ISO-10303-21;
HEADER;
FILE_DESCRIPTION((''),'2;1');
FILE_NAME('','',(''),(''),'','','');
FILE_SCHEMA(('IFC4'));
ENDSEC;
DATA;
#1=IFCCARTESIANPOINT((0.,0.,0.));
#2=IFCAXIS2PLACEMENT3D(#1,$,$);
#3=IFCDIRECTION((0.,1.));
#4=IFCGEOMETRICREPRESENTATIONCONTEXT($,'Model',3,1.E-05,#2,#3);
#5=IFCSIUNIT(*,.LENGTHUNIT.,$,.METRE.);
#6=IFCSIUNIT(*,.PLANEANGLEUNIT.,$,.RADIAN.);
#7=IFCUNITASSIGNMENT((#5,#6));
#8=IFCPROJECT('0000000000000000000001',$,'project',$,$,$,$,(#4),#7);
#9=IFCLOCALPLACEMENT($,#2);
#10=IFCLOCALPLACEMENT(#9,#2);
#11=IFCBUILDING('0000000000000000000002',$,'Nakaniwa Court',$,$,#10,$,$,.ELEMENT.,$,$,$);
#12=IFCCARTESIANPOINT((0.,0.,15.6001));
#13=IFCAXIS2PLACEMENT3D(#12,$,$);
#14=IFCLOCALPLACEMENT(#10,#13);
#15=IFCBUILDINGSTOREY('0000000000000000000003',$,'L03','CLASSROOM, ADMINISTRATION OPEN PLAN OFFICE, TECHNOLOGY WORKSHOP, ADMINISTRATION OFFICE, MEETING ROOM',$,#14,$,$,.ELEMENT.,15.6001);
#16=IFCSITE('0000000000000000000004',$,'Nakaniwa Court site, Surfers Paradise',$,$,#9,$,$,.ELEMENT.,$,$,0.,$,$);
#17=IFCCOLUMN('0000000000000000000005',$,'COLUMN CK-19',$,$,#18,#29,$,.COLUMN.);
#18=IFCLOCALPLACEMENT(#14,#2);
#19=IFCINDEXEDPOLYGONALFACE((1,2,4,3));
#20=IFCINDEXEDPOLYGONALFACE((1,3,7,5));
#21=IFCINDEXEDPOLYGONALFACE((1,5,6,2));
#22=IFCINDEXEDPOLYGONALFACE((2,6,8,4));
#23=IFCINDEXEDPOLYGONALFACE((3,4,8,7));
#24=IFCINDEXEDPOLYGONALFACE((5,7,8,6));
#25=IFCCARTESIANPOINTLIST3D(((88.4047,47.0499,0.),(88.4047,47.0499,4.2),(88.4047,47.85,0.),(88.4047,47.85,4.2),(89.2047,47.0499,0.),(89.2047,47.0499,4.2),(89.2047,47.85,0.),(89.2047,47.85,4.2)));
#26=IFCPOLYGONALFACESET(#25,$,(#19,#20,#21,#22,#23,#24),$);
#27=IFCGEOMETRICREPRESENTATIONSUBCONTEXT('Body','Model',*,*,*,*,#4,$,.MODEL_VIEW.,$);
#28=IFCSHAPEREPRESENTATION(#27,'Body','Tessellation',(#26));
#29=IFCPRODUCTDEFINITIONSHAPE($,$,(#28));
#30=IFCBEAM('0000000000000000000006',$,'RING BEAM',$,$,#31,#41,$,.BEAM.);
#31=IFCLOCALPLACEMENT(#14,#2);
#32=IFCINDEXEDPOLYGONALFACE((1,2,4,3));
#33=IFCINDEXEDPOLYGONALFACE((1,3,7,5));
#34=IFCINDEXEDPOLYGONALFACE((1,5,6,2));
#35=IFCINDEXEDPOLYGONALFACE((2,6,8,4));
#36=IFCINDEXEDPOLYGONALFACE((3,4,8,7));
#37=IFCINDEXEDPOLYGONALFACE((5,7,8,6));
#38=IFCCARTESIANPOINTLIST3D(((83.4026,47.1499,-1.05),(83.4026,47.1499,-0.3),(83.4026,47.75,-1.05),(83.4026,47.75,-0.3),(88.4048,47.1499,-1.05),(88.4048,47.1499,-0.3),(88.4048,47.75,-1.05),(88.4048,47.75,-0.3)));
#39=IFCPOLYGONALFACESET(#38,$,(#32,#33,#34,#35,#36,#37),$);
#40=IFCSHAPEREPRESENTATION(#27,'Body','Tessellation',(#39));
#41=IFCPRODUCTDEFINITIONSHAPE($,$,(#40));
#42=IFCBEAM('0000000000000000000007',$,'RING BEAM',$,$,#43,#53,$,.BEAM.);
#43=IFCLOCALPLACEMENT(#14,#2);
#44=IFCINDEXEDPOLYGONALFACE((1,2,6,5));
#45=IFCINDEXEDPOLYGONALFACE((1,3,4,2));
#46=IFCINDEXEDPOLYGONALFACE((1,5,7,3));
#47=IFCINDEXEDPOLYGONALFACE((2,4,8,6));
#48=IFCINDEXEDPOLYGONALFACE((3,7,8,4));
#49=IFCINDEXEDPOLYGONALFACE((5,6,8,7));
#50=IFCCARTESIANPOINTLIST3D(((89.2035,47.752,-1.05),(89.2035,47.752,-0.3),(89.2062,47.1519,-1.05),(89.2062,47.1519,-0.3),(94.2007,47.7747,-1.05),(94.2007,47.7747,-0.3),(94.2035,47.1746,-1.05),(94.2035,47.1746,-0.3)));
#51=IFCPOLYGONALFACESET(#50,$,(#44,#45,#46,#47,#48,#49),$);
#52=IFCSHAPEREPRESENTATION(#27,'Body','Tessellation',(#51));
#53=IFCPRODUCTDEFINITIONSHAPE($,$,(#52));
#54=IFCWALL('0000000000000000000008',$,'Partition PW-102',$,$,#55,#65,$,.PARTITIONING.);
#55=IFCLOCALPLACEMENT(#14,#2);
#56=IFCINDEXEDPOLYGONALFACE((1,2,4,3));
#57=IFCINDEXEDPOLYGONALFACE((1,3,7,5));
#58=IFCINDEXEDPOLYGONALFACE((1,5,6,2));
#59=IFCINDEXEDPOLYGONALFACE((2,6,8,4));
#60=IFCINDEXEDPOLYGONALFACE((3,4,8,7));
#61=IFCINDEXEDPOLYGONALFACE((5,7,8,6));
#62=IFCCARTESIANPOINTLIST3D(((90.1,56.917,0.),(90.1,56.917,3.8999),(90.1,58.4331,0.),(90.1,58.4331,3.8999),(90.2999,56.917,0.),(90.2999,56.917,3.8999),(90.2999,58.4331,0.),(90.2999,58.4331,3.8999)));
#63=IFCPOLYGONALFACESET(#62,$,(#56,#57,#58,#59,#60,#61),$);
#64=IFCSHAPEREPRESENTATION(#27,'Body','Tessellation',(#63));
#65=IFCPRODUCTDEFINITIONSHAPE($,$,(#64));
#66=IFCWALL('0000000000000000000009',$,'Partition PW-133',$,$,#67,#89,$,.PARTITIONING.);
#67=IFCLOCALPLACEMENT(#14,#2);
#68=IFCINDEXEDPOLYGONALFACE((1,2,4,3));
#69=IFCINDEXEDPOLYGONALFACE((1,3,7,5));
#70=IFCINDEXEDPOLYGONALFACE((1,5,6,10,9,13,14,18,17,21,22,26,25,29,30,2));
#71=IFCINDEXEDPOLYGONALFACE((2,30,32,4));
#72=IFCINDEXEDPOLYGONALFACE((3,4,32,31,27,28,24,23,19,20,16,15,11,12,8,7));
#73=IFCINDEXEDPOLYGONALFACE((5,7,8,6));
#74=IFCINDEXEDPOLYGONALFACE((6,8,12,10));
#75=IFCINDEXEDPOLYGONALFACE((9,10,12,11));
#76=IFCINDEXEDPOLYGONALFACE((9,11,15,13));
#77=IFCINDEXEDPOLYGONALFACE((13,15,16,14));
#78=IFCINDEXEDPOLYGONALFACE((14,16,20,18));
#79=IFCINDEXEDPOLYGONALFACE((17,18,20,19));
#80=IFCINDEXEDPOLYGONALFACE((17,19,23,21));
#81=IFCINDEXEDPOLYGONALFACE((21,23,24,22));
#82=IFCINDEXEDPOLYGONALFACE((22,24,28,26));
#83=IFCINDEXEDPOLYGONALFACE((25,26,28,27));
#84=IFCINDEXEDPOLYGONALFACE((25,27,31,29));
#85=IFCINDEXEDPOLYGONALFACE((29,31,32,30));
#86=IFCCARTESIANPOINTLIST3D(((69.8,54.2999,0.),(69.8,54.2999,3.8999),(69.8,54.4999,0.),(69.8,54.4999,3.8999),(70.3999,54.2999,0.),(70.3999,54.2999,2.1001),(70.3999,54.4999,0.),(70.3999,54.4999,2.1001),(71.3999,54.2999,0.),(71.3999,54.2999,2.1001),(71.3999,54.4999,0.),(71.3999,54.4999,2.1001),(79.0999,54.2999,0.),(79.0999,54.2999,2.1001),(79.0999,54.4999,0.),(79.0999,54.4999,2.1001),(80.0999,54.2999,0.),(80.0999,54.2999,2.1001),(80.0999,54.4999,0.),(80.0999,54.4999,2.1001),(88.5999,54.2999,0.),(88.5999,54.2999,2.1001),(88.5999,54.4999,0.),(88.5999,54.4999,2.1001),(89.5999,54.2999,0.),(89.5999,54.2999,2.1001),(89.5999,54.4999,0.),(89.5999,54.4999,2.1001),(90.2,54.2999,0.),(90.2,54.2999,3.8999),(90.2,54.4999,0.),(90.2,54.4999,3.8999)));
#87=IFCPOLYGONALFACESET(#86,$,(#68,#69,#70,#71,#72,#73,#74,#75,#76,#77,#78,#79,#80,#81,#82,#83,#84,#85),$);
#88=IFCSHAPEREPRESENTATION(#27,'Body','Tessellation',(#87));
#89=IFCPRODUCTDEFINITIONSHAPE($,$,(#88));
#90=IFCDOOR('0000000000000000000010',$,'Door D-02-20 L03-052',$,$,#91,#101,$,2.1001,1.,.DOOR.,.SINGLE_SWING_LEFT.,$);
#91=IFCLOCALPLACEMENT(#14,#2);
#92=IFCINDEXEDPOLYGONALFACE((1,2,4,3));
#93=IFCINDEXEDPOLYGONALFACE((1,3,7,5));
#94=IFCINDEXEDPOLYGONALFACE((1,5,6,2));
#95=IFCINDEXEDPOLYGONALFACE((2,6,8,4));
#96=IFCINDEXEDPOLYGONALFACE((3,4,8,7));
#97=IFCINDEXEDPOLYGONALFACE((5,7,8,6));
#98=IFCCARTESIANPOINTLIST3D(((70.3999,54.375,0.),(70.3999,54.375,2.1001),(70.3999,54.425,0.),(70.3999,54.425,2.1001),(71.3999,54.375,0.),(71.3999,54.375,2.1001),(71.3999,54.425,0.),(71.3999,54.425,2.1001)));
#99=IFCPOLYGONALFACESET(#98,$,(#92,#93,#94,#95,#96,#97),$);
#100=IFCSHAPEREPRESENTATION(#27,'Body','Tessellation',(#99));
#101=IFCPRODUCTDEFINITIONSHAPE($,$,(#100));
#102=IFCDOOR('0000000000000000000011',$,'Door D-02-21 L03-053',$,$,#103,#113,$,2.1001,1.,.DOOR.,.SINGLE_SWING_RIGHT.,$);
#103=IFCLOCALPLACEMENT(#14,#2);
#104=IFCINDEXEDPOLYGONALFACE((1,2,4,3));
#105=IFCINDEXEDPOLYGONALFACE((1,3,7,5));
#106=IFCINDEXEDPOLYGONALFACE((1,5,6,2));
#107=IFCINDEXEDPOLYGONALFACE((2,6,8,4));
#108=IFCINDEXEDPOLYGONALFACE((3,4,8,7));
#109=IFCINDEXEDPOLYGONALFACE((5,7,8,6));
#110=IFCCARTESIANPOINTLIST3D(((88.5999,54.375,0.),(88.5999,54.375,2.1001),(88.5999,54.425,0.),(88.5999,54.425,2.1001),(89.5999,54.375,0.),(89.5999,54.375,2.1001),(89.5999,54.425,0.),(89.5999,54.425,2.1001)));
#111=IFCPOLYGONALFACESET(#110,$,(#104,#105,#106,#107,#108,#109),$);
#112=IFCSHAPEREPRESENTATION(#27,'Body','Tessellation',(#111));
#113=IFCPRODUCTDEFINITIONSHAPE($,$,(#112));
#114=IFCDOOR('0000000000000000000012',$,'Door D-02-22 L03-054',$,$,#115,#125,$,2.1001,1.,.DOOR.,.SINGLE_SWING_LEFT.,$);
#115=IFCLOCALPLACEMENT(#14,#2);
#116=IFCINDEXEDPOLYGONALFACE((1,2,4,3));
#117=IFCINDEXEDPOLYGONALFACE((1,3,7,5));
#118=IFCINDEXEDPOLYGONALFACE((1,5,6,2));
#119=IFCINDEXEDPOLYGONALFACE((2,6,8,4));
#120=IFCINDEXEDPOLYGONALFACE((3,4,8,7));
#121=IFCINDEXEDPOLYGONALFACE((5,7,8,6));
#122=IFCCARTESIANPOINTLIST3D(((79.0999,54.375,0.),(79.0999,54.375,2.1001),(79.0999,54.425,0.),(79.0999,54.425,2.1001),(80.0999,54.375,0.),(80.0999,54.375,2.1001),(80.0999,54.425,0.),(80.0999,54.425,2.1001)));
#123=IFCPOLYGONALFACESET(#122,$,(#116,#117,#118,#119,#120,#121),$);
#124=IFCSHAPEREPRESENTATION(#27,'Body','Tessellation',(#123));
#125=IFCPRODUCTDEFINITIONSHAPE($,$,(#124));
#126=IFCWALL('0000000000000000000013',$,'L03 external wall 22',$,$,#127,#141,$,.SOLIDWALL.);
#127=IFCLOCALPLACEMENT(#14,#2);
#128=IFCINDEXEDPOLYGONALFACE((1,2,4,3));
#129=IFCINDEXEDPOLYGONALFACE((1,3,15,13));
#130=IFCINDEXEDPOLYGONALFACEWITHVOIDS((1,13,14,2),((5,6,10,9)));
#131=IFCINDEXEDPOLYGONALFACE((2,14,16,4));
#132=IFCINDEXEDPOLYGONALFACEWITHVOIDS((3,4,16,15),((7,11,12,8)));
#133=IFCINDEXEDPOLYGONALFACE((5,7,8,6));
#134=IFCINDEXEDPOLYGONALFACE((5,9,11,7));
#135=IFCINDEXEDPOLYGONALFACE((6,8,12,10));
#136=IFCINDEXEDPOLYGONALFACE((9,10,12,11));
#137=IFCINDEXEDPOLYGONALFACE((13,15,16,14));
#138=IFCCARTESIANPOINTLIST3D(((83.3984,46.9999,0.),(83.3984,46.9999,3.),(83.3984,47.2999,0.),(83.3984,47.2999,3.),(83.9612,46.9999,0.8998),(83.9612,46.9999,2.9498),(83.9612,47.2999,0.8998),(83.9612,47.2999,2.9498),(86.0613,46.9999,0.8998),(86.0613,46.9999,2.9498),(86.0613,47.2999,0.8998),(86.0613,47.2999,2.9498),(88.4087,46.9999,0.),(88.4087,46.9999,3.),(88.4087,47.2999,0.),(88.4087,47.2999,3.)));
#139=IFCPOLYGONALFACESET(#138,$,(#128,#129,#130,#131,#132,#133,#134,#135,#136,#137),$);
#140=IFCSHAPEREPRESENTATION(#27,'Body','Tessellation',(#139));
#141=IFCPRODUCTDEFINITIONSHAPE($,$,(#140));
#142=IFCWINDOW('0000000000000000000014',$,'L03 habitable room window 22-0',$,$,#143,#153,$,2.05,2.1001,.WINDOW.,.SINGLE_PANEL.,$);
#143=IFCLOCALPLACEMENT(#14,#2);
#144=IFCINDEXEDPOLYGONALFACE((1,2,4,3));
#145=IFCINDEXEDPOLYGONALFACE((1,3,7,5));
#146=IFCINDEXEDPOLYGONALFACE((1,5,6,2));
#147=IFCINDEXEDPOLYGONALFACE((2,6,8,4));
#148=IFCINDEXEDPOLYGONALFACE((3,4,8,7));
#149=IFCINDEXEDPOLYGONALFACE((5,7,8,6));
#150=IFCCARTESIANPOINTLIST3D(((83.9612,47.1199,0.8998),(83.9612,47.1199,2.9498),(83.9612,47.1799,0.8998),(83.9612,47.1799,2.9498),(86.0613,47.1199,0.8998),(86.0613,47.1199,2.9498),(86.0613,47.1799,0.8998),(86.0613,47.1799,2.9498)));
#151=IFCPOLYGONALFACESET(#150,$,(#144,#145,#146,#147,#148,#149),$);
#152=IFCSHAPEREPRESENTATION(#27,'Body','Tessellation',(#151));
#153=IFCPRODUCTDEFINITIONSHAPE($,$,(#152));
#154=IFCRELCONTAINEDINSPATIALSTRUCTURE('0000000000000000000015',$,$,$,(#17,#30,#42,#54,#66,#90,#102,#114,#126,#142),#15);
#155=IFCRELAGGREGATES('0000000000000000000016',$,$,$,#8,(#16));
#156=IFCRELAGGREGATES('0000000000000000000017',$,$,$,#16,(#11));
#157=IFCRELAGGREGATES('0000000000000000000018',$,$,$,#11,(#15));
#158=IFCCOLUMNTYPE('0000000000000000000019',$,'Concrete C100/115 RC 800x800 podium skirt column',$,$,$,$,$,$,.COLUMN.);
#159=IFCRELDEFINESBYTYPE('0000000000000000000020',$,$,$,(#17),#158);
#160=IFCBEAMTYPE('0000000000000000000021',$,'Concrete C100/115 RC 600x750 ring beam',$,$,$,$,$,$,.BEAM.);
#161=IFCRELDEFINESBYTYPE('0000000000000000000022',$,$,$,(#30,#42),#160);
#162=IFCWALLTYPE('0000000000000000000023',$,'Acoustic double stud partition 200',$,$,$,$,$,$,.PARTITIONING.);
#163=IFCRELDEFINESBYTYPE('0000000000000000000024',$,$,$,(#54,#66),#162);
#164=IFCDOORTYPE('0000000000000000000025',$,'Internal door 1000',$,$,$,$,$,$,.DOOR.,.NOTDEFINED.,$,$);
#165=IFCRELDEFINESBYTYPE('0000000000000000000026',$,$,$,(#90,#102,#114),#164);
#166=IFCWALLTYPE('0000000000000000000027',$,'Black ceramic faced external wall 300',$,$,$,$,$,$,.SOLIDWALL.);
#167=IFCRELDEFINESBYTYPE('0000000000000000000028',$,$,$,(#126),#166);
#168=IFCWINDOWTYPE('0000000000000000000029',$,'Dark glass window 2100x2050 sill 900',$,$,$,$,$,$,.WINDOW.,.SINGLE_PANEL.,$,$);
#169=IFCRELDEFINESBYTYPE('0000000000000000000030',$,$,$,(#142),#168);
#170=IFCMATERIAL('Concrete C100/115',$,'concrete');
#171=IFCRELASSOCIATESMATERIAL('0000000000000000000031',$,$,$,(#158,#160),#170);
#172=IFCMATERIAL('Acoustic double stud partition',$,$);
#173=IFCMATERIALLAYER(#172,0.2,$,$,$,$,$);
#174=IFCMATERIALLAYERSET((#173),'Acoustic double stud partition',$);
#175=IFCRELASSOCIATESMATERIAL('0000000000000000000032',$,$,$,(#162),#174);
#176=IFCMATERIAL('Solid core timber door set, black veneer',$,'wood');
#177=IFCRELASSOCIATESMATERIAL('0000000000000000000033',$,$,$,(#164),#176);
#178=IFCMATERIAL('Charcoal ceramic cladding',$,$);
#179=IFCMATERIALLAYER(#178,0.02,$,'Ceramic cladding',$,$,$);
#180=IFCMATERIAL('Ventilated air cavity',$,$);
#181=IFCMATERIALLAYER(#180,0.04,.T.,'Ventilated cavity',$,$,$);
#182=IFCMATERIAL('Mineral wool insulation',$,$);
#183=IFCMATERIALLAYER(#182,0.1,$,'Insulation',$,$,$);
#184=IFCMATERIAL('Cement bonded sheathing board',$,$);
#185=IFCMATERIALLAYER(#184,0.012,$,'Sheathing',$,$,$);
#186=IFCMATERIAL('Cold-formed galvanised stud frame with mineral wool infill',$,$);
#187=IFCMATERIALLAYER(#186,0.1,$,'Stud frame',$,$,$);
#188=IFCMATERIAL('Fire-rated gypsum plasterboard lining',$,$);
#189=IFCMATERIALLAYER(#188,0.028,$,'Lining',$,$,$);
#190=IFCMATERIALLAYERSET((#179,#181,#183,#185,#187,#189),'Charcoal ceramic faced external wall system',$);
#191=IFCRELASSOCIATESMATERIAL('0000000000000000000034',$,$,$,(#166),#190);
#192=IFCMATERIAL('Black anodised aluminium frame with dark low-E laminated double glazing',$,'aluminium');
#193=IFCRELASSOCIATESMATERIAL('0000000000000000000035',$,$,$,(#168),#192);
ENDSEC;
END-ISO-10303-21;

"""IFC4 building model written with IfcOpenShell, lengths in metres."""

from ifc_helpers import new_model, si_unit, direction, frame, frame_2d, origin, origin_2d, place, context, subcontext, project, spatial, rectangle, extrude, material, layer, layer_set, material_profile, profile_set, type_object, element, fill, save


model = new_model("IFC4")

# Units and contexts
model_context = context("Model", 3, precision=1e-05, world=origin(), true_north=direction((0.0, 1.0)))
body_context = subcontext(model_context, "Body", "Model", "MODEL_VIEW")
ifc_project = project(units=[si_unit("LENGTHUNIT", "METRE"), si_unit("PLANEANGLEUNIT", "RADIAN")], contexts=[model_context])

# Site, building, storey
site_placement = place(None, origin())
site = spatial("IfcSite", under=ifc_project, at=site_placement, Name="Nakaniwa Court site, Surfers Paradise", CompositionType="ELEMENT", RefElevation=0.0)
building_placement = place(site_placement, origin())
building = spatial("IfcBuilding", under=site, at=building_placement, Name="Nakaniwa Court", CompositionType="ELEMENT")
storey_placement = place(building_placement, frame((0.0, 0.0, 15.6001)))
storey = spatial("IfcBuildingStorey", under=building, at=storey_placement, Name="L03", Description="CLASSROOM, ADMINISTRATION OPEN PLAN OFFICE, TECHNOLOGY WORKSHOP, ADMINISTRATION OFFICE, MEETING ROOM", CompositionType="ELEMENT", Elevation=15.6001)

# Column
ifc_material_1 = material(Name="Concrete C100/115", Category="concrete")
ifc_material_profile_1 = material_profile(ifc_material_1, rectangle(XDim=0.8, YDim=0.8, at=origin_2d()), Name="Concrete C100/115 RC 800x800 podium skirt column")
ifc_profile_set_1 = profile_set([ifc_material_profile_1], Name="Concrete C100/115")
column_type = type_object("IfcColumnType", Name="Concrete C100/115 RC 800x800 podium skirt column", PredefinedType="COLUMN", material=ifc_profile_set_1)
column_placement = place(storey_placement, frame((88.8047, 47.45, 0.0), z_axis=(0.0, 0.0, 1.0), x_axis=(1.0, 0.0, 0.0)))
element("IfcColumn", 1, at=column_placement, inside=storey, type_object=column_type, Name="COLUMN CK-19", PredefinedType="COLUMN", context=body_context, shape_type="SweptSolid", body=[
    extrude(rectangle(XDim=0.8, YDim=0.8, at=origin_2d()), origin(), (0.0, 0.0, 1.0), 4.2),
])

# Beams
ifc_material_profile_2 = material_profile(ifc_material_1, rectangle(XDim=0.6001, YDim=0.75, at=origin_2d()), Name="Concrete C100/115 RC 600x750 ring beam")
ifc_profile_set_2 = profile_set([ifc_material_profile_2], Name="Concrete C100/115")
beam_type = type_object("IfcBeamType", Name="Concrete C100/115 RC 600x750 ring beam", PredefinedType="BEAM", material=ifc_profile_set_2)
beam_1_placement = place(storey_placement, frame((83.4026, 47.45, -0.675), z_axis=(1.0, 0.0, 0.0), x_axis=(0.0, 1.0, 0.0)))
element("IfcBeam", 2, at=beam_1_placement, inside=storey, type_object=beam_type, Name="RING BEAM", PredefinedType="BEAM", context=body_context, shape_type="SweptSolid", body=[
    extrude(rectangle(XDim=0.6001, YDim=0.75, at=origin_2d()), origin(), (0.0, 0.0, 1.0), 5.0022),
])
beam_2_placement = place(storey_placement, frame((89.2048, 47.4519, -0.675), z_axis=(0.99999, 0.004543, 0.0), x_axis=(-0.004543, 0.99999, 0.0)))
element("IfcBeam", 3, at=beam_2_placement, inside=storey, type_object=beam_type, Name="RING BEAM", PredefinedType="BEAM", context=body_context, shape_type="SweptSolid", body=[
    extrude(rectangle(XDim=0.6001, YDim=0.75, at=origin_2d()), origin(), (0.0, 0.0, 1.0), 4.9973),
])

# Wall
ifc_material_2 = material(Name="Acoustic double stud partition")
ifc_layer_1 = layer(ifc_material_2, 0.2)
ifc_layer_set_1 = layer_set([ifc_layer_1], Name="Acoustic double stud partition")
wall_type_1 = type_object("IfcWallType", Name="Acoustic double stud partition 200", PredefinedType="PARTITIONING", material=ifc_layer_set_1)
wall_1_placement = place(storey_placement, frame((90.2, 56.917, 0.0), z_axis=(0.0, 0.0, 1.0), x_axis=(0.0, 1.0, 0.0)))
element("IfcWall", 4, at=wall_1_placement, inside=storey, type_object=wall_type_1, Name="Partition PW-102", PredefinedType="PARTITIONING", context=body_context, shape_type="SweptSolid", body=[
    extrude(rectangle(XDim=1.5161, YDim=0.2, at=frame_2d((0.7581, 0.0))), origin(), (0.0, 0.0, 1.0), 3.8999),
])

# Wall, openings, doors
wall_2_placement = place(storey_placement, frame((90.2, 54.3999, 0.0), z_axis=(0.0, 0.0, 1.0), x_axis=(-1.0, 0.0, 0.0)))
wall_2 = element("IfcWall", 5, at=wall_2_placement, inside=storey, type_object=wall_type_1, Name="Partition PW-133", PredefinedType="PARTITIONING", context=body_context, shape_type="SweptSolid", body=[
    extrude(rectangle(XDim=20.3999, YDim=0.2, at=frame_2d((10.2, 0.0))), origin(), (0.0, 0.0, 1.0), 3.8999),
])
opening_1_placement = place(wall_2_placement, frame((18.8, 0.0, 0.0)))
opening_1 = element("IfcOpeningElement", 6, at=opening_1_placement, cuts=wall_2, PredefinedType="OPENING", context=body_context, shape_type="SweptSolid", body=[
    extrude(rectangle(XDim=1.0, YDim=2.1001, at=frame_2d((0.5, 1.05))), frame((0.0, 0.1099, 0.0), z_axis=(0.0, -1.0, 0.0), x_axis=(1.0, 0.0, 0.0)), (0.0, 0.0, 1.0), 0.22),
])
opening_2_placement = place(wall_2_placement, frame((0.6001, 0.0, 0.0)))
opening_2 = element("IfcOpeningElement", 7, at=opening_2_placement, cuts=wall_2, PredefinedType="OPENING", context=body_context, shape_type="SweptSolid", body=[
    extrude(rectangle(XDim=1.0, YDim=2.1001, at=frame_2d((0.5, 1.05))), frame((0.0, 0.1099, 0.0), z_axis=(0.0, -1.0, 0.0), x_axis=(1.0, 0.0, 0.0)), (0.0, 0.0, 1.0), 0.22),
])
opening_3_placement = place(wall_2_placement, frame((10.1001, 0.0, 0.0)))
opening_3 = element("IfcOpeningElement", 8, at=opening_3_placement, cuts=wall_2, PredefinedType="OPENING", context=body_context, shape_type="SweptSolid", body=[
    extrude(rectangle(XDim=1.0, YDim=2.1001, at=frame_2d((0.5, 1.05))), frame((0.0, 0.1099, 0.0), z_axis=(0.0, -1.0, 0.0), x_axis=(1.0, 0.0, 0.0)), (0.0, 0.0, 1.0), 0.22),
])
ifc_material_3 = material(Name="Solid core timber door set, black veneer", Category="wood")
door_type_1 = type_object("IfcDoorType", Name="Internal door 1000", OperationType="NOTDEFINED", PredefinedType="DOOR", material=ifc_material_3)
door_1_placement = place(opening_1_placement, origin())
door_1 = element("IfcDoor", 9, at=door_1_placement, inside=storey, type_object=door_type_1, Name="Door D-02-20 L03-052", OperationType="SINGLE_SWING_LEFT", OverallHeight=2.1001, OverallWidth=1.0, PredefinedType="DOOR", context=body_context, shape_type="SweptSolid", body=[
    extrude(rectangle(XDim=1.0, YDim=2.1001, at=frame_2d((0.5, 1.05))), frame((0.0, 0.0249, 0.0), z_axis=(0.0, -1.0, 0.0), x_axis=(1.0, 0.0, 0.0)), (0.0, 0.0, 1.0), 0.05),
])
fill(opening_1, door_1)
door_2_placement = place(opening_2_placement, origin())
door_2 = element("IfcDoor", 10, at=door_2_placement, inside=storey, type_object=door_type_1, Name="Door D-02-21 L03-053", OperationType="SINGLE_SWING_RIGHT", OverallHeight=2.1001, OverallWidth=1.0, PredefinedType="DOOR", context=body_context, shape_type="SweptSolid", body=[
    extrude(rectangle(XDim=1.0, YDim=2.1001, at=frame_2d((0.5, 1.05))), frame((0.0, 0.0249, 0.0), z_axis=(0.0, -1.0, 0.0), x_axis=(1.0, 0.0, 0.0)), (0.0, 0.0, 1.0), 0.05),
])
fill(opening_2, door_2)
door_3_placement = place(opening_3_placement, origin())
door_3 = element("IfcDoor", 11, at=door_3_placement, inside=storey, type_object=door_type_1, Name="Door D-02-22 L03-054", OperationType="SINGLE_SWING_LEFT", OverallHeight=2.1001, OverallWidth=1.0, PredefinedType="DOOR", context=body_context, shape_type="SweptSolid", body=[
    extrude(rectangle(XDim=1.0, YDim=2.1001, at=frame_2d((0.5, 1.05))), frame((0.0, 0.0249, 0.0), z_axis=(0.0, -1.0, 0.0), x_axis=(1.0, 0.0, 0.0)), (0.0, 0.0, 1.0), 0.05),
])
fill(opening_3, door_3)

# Wall, opening, window
ifc_material_4 = material(Name="Charcoal ceramic cladding")
ifc_layer_2 = layer(ifc_material_4, 0.02, Name="Ceramic cladding")
ifc_material_5 = material(Name="Ventilated air cavity")
ifc_layer_3 = layer(ifc_material_5, 0.04, ventilated=True, Name="Ventilated cavity")
ifc_material_6 = material(Name="Mineral wool insulation")
ifc_layer_4 = layer(ifc_material_6, 0.1, Name="Insulation")
ifc_material_7 = material(Name="Cement bonded sheathing board")
ifc_layer_5 = layer(ifc_material_7, 0.012, Name="Sheathing")
ifc_material_8 = material(Name="Cold-formed galvanised stud frame with mineral wool infill")
ifc_layer_6 = layer(ifc_material_8, 0.1, Name="Stud frame")
ifc_material_9 = material(Name="Fire-rated gypsum plasterboard lining")
ifc_layer_7 = layer(ifc_material_9, 0.028, Name="Lining")
ifc_layer_set_2 = layer_set([ifc_layer_2, ifc_layer_3, ifc_layer_4, ifc_layer_5, ifc_layer_6, ifc_layer_7], Name="Charcoal ceramic faced external wall system")
wall_type_2 = type_object("IfcWallType", Name="Black ceramic faced external wall 300", PredefinedType="SOLIDWALL", material=ifc_layer_set_2)
wall_3_placement = place(storey_placement, frame((83.3984, 47.1499, 0.0), z_axis=(0.0, 0.0, 1.0), x_axis=(1.0, 0.0, 0.0)))
wall_3 = element("IfcWall", 12, at=wall_3_placement, inside=storey, type_object=wall_type_2, Name="L03 external wall 22", PredefinedType="SOLIDWALL", context=body_context, shape_type="SweptSolid", body=[
    extrude(rectangle(XDim=5.0103, YDim=0.3, at=frame_2d((2.5051, 0.0))), origin(), (0.0, 0.0, 1.0), 3.0),
])
opening_4_placement = place(wall_3_placement, frame((0.5627, 0.0, 0.8999)))
opening_4 = element("IfcOpeningElement", 13, at=opening_4_placement, cuts=wall_3, PredefinedType="OPENING", context=body_context, shape_type="SweptSolid", body=[
    extrude(rectangle(XDim=2.1001, YDim=2.05, at=frame_2d((1.05, 1.0249))), frame((0.0, 0.1599, 0.0), z_axis=(0.0, -1.0, 0.0), x_axis=(1.0, 0.0, 0.0)), (0.0, 0.0, 1.0), 0.3201),
])
ifc_material_10 = material(Name="Black anodised aluminium frame with dark low-E laminated double glazing", Category="aluminium")
window_type = type_object("IfcWindowType", Name="Dark glass window 2100x2050 sill 900", PartitioningType="SINGLE_PANEL", PredefinedType="WINDOW", material=ifc_material_10)
window_1_placement = place(opening_4_placement, origin())
window_1 = element("IfcWindow", 14, at=window_1_placement, inside=storey, type_object=window_type, Name="L03 habitable room window 22-0", OverallHeight=2.05, OverallWidth=2.1001, PartitioningType="SINGLE_PANEL", PredefinedType="WINDOW", context=body_context, shape_type="SweptSolid", body=[
    extrude(rectangle(XDim=2.1001, YDim=2.05, at=frame_2d((1.05, 1.0249))), frame((0.0, 0.03, 0.0), z_axis=(0.0, -1.0, 0.0), x_axis=(1.0, 0.0, 0.0)), (0.0, 0.0, 1.0), 0.0601),
])
fill(opening_4, window_1)

save(model, "model.ifc")
